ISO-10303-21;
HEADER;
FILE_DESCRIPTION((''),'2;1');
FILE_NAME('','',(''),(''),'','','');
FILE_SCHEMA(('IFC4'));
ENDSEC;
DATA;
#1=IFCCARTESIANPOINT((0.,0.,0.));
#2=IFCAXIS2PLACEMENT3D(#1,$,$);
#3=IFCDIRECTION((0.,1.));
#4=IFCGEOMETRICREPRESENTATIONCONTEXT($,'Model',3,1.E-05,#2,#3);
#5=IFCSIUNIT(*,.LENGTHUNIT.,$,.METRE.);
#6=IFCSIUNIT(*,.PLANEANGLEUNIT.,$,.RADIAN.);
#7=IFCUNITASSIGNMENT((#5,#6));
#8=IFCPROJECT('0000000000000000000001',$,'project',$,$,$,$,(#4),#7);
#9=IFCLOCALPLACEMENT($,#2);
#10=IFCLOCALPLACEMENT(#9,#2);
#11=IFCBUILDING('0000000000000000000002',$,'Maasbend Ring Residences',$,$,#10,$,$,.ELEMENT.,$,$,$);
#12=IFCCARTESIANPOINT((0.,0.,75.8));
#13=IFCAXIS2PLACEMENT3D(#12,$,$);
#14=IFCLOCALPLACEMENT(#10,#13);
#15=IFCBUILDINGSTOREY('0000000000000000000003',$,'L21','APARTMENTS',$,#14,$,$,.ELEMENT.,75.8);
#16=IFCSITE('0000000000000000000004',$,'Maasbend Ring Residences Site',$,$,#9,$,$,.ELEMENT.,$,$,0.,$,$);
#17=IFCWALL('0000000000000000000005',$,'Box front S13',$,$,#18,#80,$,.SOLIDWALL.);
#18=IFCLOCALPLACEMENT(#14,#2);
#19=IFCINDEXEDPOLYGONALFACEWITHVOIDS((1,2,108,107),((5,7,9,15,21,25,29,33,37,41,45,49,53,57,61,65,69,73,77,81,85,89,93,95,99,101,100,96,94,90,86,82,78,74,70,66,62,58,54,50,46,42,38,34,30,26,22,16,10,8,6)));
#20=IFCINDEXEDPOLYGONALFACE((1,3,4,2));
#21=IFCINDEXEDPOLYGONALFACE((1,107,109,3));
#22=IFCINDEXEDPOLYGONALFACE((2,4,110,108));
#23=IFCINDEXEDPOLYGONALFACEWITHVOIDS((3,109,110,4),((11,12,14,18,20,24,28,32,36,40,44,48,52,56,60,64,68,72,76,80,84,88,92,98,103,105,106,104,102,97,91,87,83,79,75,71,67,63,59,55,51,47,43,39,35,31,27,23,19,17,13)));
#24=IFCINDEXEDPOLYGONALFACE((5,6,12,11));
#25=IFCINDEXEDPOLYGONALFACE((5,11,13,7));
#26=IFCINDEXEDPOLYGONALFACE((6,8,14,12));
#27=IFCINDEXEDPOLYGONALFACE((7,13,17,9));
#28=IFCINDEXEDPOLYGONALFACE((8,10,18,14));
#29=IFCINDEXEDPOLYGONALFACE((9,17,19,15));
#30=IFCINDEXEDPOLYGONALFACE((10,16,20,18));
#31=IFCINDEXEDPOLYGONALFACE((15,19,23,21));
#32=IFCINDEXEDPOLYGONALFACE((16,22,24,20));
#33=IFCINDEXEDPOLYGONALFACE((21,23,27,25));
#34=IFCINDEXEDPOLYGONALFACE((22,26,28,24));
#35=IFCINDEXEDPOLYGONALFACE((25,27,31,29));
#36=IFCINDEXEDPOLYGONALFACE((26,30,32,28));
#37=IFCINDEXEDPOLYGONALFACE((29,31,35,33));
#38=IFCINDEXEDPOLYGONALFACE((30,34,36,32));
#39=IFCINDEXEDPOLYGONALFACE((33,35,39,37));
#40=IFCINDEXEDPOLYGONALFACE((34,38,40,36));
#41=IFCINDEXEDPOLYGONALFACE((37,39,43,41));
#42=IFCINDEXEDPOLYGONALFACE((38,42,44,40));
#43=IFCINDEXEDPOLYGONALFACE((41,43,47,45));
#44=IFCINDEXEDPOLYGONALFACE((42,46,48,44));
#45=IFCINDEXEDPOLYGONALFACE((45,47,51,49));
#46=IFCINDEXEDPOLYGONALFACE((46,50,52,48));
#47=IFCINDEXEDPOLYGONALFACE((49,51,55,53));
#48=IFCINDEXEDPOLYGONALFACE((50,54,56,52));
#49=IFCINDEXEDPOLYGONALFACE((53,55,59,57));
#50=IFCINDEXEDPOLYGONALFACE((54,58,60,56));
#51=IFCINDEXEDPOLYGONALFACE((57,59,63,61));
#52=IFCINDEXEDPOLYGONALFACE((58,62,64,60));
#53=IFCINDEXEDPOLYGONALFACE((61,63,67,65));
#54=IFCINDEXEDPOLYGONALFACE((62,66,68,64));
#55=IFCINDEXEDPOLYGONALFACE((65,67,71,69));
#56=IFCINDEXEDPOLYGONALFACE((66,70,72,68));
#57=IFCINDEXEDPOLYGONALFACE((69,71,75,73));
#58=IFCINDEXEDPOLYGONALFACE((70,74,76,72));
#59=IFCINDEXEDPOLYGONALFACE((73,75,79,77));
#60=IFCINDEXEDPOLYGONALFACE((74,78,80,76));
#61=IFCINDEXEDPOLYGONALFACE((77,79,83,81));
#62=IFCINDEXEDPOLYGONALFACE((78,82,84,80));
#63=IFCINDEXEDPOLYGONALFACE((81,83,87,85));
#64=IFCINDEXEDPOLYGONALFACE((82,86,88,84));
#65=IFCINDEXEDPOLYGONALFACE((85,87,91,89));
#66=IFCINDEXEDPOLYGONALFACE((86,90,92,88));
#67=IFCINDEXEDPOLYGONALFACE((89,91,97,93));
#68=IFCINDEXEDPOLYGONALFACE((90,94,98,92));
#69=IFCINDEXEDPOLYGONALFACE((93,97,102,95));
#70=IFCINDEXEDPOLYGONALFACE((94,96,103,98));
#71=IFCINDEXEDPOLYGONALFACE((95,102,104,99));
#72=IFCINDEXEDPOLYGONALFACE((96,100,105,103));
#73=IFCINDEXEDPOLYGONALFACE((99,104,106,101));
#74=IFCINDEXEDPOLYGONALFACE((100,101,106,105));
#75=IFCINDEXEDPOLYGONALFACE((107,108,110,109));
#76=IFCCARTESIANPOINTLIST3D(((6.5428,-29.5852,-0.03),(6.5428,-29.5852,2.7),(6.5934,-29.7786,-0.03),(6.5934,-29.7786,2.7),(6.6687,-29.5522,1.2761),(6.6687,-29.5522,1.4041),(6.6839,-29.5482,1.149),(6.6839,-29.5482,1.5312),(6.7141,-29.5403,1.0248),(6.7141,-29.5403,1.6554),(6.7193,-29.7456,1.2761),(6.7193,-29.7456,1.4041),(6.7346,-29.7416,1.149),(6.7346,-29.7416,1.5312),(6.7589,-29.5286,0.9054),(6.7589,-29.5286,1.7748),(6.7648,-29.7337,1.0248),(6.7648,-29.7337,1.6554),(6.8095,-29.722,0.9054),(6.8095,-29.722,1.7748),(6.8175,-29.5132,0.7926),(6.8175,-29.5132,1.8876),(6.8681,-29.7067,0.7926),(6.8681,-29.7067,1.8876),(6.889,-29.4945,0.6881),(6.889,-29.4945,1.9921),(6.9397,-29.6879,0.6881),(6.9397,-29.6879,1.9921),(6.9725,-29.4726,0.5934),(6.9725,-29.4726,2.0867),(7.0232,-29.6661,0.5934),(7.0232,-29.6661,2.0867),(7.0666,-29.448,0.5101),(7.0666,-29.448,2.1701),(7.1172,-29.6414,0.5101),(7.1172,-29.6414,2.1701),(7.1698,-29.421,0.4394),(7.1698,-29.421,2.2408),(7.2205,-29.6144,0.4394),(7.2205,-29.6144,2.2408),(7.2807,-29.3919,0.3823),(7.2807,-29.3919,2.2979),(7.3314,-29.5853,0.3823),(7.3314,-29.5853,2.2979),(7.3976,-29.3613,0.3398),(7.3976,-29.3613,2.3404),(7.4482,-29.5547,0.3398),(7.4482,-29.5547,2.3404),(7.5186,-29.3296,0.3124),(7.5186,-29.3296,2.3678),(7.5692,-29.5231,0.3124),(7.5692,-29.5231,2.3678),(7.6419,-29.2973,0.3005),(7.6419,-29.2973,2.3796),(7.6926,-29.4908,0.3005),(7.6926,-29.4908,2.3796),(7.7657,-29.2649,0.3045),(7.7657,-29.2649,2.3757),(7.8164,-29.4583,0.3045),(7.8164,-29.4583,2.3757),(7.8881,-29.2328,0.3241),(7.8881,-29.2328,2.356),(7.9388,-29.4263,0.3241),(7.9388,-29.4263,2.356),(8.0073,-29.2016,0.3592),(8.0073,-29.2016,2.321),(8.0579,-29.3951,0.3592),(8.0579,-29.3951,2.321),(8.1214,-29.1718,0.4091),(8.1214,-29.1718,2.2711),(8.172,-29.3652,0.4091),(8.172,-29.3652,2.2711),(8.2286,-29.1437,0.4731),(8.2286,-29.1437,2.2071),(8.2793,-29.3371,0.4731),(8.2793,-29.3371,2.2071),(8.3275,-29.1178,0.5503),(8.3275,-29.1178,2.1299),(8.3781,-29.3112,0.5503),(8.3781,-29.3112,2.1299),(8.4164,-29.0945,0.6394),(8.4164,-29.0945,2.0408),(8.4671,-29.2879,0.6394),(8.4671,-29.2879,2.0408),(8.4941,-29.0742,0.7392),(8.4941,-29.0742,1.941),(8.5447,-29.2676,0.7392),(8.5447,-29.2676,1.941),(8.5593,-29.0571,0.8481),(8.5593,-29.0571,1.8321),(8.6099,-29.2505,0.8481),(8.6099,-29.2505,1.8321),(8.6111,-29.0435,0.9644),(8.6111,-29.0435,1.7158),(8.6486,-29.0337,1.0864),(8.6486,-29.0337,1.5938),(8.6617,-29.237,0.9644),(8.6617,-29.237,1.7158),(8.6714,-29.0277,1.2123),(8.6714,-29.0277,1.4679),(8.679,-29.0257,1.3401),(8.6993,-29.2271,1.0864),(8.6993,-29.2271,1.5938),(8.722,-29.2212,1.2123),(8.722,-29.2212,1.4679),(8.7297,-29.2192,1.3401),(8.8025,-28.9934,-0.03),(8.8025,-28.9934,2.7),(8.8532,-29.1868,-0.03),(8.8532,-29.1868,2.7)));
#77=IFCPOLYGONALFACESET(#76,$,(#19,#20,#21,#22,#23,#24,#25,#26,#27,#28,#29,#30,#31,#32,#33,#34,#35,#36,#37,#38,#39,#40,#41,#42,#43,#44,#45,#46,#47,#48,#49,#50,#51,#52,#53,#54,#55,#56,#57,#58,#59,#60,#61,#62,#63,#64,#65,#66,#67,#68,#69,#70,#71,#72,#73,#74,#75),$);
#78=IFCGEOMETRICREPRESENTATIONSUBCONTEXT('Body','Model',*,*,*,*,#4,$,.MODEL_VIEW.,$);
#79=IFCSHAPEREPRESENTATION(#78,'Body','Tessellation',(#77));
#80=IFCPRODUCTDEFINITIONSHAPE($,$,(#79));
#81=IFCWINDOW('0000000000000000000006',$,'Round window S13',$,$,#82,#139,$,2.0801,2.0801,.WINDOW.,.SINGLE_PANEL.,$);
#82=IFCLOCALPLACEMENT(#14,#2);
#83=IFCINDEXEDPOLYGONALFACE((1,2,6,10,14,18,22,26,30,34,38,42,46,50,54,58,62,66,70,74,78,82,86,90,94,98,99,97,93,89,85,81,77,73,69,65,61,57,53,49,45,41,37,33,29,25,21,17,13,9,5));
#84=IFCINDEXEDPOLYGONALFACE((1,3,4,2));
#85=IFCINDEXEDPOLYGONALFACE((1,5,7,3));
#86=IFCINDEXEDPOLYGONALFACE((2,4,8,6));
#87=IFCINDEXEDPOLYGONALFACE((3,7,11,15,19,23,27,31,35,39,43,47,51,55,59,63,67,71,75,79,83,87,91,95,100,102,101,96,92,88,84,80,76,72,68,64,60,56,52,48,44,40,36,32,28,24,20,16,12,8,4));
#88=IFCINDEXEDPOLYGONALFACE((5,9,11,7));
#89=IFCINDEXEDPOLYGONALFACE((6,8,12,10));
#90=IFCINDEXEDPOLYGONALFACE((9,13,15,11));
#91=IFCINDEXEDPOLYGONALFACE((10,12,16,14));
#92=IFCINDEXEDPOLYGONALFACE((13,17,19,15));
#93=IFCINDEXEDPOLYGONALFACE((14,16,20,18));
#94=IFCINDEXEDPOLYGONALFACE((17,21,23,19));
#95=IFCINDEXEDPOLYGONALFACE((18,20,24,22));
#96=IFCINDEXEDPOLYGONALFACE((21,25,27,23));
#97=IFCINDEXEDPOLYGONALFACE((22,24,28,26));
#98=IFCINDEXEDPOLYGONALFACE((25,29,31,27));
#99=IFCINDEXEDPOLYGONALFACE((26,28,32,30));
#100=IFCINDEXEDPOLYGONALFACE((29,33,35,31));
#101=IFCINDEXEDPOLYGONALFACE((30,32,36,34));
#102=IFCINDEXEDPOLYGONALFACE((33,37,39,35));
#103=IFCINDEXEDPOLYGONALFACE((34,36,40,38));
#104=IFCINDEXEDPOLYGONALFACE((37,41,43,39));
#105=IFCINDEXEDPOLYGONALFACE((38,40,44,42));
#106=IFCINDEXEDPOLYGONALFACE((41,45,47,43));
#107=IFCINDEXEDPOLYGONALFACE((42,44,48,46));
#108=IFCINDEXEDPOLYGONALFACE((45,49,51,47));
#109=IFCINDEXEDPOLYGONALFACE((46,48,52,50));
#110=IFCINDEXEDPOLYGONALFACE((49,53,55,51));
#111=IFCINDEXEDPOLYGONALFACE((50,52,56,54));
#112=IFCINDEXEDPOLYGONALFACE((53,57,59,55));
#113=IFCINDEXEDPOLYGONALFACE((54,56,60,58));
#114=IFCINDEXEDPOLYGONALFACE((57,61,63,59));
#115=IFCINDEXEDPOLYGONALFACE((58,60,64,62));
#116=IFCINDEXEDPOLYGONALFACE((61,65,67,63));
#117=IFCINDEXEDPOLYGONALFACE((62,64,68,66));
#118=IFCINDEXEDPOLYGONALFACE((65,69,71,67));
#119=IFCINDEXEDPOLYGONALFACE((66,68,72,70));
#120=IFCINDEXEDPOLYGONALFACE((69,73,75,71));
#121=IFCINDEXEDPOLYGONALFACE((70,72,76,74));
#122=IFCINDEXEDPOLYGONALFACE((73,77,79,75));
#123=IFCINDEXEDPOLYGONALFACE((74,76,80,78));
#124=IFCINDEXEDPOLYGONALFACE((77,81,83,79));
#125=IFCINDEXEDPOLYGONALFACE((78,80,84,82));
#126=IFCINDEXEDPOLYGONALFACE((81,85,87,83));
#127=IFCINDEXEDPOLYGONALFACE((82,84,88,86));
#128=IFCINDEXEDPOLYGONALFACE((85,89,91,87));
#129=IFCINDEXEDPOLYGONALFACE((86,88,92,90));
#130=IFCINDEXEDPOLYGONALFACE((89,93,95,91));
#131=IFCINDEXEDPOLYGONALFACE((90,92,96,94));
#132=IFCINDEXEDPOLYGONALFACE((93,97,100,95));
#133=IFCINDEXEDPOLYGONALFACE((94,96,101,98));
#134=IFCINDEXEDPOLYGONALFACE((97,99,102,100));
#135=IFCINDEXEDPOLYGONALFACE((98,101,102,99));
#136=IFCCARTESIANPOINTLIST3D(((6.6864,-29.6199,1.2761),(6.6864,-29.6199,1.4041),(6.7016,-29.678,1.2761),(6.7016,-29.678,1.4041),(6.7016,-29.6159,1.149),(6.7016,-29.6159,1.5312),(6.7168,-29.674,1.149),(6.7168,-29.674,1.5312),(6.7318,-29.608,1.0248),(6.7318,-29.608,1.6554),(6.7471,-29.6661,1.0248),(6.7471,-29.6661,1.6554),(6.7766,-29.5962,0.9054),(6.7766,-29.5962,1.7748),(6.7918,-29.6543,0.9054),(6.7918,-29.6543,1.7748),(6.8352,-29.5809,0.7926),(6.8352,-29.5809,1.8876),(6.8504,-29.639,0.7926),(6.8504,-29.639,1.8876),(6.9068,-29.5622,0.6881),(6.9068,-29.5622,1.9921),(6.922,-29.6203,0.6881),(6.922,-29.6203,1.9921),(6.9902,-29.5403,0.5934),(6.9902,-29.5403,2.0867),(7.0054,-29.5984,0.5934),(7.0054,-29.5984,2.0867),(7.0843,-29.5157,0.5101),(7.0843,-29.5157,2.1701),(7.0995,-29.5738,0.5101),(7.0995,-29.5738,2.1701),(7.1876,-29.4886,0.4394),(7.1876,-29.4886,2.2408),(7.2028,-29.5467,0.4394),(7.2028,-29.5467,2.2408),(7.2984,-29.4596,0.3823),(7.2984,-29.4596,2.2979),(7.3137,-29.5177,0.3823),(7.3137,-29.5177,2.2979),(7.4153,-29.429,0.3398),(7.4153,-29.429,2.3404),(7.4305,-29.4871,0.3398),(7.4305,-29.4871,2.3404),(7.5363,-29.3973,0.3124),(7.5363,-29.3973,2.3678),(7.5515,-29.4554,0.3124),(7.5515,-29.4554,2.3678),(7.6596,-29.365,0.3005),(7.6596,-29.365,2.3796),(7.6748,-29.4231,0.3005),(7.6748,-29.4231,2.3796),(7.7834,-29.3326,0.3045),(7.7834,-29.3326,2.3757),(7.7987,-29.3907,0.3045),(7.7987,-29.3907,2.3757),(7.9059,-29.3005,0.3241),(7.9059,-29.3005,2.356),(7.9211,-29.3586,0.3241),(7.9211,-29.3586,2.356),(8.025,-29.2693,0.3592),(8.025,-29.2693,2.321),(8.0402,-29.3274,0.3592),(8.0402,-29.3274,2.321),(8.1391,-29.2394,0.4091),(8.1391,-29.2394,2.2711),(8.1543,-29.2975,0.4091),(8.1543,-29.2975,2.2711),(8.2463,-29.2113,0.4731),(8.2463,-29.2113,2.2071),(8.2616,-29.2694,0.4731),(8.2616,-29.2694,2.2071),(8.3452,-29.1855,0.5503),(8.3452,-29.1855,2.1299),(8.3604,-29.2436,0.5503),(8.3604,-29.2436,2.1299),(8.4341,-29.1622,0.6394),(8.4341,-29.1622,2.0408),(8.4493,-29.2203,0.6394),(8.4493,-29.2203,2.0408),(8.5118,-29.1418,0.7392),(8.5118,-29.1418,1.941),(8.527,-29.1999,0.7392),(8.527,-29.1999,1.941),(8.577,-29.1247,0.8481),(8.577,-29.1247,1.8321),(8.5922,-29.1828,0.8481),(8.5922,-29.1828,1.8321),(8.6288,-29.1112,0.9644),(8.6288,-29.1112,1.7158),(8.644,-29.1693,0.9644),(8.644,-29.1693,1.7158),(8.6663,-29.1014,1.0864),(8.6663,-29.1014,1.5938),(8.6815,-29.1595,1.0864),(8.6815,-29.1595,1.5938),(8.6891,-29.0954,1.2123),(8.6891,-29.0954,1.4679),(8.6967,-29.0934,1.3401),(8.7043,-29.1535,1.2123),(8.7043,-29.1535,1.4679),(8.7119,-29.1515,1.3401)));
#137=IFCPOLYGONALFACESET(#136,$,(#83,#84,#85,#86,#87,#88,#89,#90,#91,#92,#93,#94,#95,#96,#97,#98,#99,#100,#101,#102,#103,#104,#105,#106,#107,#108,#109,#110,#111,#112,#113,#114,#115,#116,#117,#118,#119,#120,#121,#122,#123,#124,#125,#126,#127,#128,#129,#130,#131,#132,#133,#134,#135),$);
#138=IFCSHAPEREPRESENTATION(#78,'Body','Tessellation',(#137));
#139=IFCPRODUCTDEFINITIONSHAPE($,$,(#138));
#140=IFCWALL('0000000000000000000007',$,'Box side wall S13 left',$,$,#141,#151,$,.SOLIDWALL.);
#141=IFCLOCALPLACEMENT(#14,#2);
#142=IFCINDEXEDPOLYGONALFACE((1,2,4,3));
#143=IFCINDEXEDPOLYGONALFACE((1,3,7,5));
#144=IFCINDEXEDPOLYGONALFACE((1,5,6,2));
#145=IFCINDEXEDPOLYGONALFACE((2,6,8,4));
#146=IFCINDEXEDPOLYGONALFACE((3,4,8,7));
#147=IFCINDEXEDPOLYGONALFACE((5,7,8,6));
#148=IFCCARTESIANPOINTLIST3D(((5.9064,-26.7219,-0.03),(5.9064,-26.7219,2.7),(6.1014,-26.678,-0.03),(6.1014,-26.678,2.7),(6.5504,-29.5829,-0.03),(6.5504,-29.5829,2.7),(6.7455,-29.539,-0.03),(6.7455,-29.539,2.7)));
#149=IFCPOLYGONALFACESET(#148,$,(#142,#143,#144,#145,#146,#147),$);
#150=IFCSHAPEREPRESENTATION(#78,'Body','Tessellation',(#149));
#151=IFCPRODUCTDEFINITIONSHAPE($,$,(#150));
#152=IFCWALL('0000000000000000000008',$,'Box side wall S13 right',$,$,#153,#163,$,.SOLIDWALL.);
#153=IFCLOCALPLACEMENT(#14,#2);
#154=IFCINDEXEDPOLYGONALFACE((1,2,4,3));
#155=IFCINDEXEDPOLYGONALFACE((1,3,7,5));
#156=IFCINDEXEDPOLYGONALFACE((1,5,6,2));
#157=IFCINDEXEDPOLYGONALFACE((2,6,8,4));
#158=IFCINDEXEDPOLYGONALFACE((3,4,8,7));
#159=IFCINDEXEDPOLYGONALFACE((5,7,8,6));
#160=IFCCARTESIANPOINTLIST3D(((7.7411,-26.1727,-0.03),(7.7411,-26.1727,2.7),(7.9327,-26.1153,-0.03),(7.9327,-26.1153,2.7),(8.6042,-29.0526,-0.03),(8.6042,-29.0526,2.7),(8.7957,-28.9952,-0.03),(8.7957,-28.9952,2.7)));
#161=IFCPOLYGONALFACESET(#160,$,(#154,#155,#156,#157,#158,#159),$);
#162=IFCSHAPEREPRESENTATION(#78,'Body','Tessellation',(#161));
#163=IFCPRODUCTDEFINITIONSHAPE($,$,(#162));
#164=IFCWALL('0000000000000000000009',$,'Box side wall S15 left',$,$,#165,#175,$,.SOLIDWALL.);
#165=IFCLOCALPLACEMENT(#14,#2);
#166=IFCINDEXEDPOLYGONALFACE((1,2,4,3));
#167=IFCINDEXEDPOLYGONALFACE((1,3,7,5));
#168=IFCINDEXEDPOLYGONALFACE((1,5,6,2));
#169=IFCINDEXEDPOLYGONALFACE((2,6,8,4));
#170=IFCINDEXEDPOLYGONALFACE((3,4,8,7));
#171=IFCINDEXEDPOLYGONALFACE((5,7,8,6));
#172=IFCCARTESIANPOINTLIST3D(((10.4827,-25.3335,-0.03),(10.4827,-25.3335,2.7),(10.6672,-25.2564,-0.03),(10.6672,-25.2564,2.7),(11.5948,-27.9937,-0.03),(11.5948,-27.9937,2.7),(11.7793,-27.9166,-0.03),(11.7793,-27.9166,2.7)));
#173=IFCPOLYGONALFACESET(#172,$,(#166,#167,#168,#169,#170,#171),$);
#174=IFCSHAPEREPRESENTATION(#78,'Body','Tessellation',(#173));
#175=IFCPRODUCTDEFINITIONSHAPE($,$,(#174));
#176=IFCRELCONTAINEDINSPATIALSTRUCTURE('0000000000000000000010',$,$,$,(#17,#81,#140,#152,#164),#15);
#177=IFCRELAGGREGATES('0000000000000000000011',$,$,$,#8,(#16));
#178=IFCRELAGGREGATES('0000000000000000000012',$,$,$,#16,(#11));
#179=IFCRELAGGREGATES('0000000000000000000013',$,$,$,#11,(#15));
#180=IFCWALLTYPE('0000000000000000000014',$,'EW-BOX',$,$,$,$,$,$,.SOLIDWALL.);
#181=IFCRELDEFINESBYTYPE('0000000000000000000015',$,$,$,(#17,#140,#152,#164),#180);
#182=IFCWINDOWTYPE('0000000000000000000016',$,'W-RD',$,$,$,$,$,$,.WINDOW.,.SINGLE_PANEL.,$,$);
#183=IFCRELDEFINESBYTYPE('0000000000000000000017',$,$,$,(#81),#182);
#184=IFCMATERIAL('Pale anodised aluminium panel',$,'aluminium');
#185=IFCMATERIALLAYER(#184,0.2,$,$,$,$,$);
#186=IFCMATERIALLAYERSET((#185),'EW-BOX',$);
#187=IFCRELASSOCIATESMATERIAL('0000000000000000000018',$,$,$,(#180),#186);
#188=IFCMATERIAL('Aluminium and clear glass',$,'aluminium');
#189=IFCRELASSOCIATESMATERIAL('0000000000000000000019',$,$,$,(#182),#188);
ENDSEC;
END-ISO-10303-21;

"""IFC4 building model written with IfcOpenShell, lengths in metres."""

from ifc_helpers import new_model, si_unit, direction, frame, frame_2d, origin, place, context, subcontext, project, spatial, rectangle, circle, extrude, material, layer, layer_set, type_object, element, fill, save


model = new_model("IFC4")

# Units and contexts
model_context = context("Model", 3, precision=1e-05, world=origin(), true_north=direction((0.0, 1.0)))
body_context = subcontext(model_context, "Body", "Model", "MODEL_VIEW")
ifc_project = project(units=[si_unit("LENGTHUNIT", "METRE"), si_unit("PLANEANGLEUNIT", "RADIAN")], contexts=[model_context])

# Site, building, storey
site_placement = place(None, origin())
site = spatial("IfcSite", under=ifc_project, at=site_placement, Name="Maasbend Ring Residences Site", CompositionType="ELEMENT", RefElevation=0.0)
building_placement = place(site_placement, origin())
building = spatial("IfcBuilding", under=site, at=building_placement, Name="Maasbend Ring Residences", CompositionType="ELEMENT")
storey_placement = place(building_placement, frame((0.0, 0.0, 75.8)))
storey = spatial("IfcBuildingStorey", under=building, at=storey_placement, Name="L21", Description="APARTMENTS", CompositionType="ELEMENT", Elevation=75.8)

# Shared definitions
ifc_material_1 = material(Name="Pale anodised aluminium panel", Category="aluminium")
ifc_layer_1 = layer(ifc_material_1, 0.2)
ifc_layer_set_1 = layer_set([ifc_layer_1], Name="EW-BOX")
wall_type_1 = type_object("IfcWallType", Name="EW-BOX", PredefinedType="SOLIDWALL", material=ifc_layer_set_1)

# Wall, opening, window
wall_1_placement = place(storey_placement, frame((6.5681, -29.6819, -0.03), z_axis=(0.0, 0.0, 1.0), x_axis=(0.967377, 0.253341, 0.0)))
wall_1 = element("IfcWall", 1, at=wall_1_placement, inside=storey, type_object=wall_type_1, Name="Box front S13", PredefinedType="SOLIDWALL", context=body_context, shape_type="SweptSolid", body=[
    extrude(rectangle(XDim=2.3359, YDim=0.2, at=frame_2d((1.168, 0.0))), origin(), (0.0, 0.0, 1.0), 2.73),
])
opening_1_placement = place(wall_1_placement, frame((0.1282, 0.0, 0.3301)))
opening_1 = element("IfcOpeningElement", 2, at=opening_1_placement, cuts=wall_1, PredefinedType="OPENING", context=body_context, shape_type="SweptSolid", body=[
    extrude(circle(Radius=1.04, at=frame_2d((1.04, 1.04))), frame((0.0, 0.1099, 0.0), z_axis=(0.0, -1.0, 0.0), x_axis=(1.0, 0.0, 0.0)), (0.0, 0.0, 1.0), 0.22),
])
ifc_material_2 = material(Name="Aluminium and clear glass", Category="aluminium")
window_type_1 = type_object("IfcWindowType", Name="W-RD", PartitioningType="SINGLE_PANEL", PredefinedType="WINDOW", material=ifc_material_2)
window_1_placement = place(opening_1_placement, origin())
window_1 = element("IfcWindow", 3, at=window_1_placement, inside=storey, type_object=window_type_1, Name="Round window S13", OverallHeight=2.0801, OverallWidth=2.0801, PartitioningType="SINGLE_PANEL", PredefinedType="WINDOW", context=body_context, shape_type="SweptSolid", body=[
    extrude(circle(Radius=1.04, at=frame_2d((1.04, 1.04))), frame((0.0, 0.03, 0.0), z_axis=(0.0, -1.0, 0.0), x_axis=(1.0, 0.0, 0.0)), (0.0, 0.0, 1.0), 0.0601),
])
fill(opening_1, window_1)

# Walls
wall_2_placement = place(storey_placement, frame((6.0039, -26.7, -0.03), z_axis=(0.0, 0.0, 1.0), x_axis=(0.219609, -0.975588, 0.0)))
element("IfcWall", 4, at=wall_2_placement, inside=storey, type_object=wall_type_1, Name="Box side wall S13 left", PredefinedType="SOLIDWALL", context=body_context, shape_type="SweptSolid", body=[
    extrude(rectangle(XDim=2.9326, YDim=0.2, at=frame_2d((1.4663, 0.0))), origin(), (0.0, 0.0, 1.0), 2.73),
])
wall_3_placement = place(storey_placement, frame((7.8369, -26.144, -0.03), z_axis=(0.0, 0.0, 1.0), x_axis=(0.287065, -0.957911, 0.0)))
element("IfcWall", 5, at=wall_3_placement, inside=storey, type_object=wall_type_1, Name="Box side wall S13 right", PredefinedType="SOLIDWALL", context=body_context, shape_type="SweptSolid", body=[
    extrude(rectangle(XDim=3.0063, YDim=0.2, at=frame_2d((1.5032, 0.0))), origin(), (0.0, 0.0, 1.0), 2.73),
])
wall_4_placement = place(storey_placement, frame((10.575, -25.2949, -0.03), z_axis=(0.0, 0.0, 1.0), x_axis=(0.385697, -0.922625, 0.0)))
element("IfcWall", 6, at=wall_4_placement, inside=storey, type_object=wall_type_1, Name="Box side wall S15 left", PredefinedType="SOLIDWALL", context=body_context, shape_type="SweptSolid", body=[
    extrude(rectangle(XDim=2.8833, YDim=0.2, at=frame_2d((1.4417, 0.0))), origin(), (0.0, 0.0, 1.0), 2.73),
])

save(model, "model.ifc")
